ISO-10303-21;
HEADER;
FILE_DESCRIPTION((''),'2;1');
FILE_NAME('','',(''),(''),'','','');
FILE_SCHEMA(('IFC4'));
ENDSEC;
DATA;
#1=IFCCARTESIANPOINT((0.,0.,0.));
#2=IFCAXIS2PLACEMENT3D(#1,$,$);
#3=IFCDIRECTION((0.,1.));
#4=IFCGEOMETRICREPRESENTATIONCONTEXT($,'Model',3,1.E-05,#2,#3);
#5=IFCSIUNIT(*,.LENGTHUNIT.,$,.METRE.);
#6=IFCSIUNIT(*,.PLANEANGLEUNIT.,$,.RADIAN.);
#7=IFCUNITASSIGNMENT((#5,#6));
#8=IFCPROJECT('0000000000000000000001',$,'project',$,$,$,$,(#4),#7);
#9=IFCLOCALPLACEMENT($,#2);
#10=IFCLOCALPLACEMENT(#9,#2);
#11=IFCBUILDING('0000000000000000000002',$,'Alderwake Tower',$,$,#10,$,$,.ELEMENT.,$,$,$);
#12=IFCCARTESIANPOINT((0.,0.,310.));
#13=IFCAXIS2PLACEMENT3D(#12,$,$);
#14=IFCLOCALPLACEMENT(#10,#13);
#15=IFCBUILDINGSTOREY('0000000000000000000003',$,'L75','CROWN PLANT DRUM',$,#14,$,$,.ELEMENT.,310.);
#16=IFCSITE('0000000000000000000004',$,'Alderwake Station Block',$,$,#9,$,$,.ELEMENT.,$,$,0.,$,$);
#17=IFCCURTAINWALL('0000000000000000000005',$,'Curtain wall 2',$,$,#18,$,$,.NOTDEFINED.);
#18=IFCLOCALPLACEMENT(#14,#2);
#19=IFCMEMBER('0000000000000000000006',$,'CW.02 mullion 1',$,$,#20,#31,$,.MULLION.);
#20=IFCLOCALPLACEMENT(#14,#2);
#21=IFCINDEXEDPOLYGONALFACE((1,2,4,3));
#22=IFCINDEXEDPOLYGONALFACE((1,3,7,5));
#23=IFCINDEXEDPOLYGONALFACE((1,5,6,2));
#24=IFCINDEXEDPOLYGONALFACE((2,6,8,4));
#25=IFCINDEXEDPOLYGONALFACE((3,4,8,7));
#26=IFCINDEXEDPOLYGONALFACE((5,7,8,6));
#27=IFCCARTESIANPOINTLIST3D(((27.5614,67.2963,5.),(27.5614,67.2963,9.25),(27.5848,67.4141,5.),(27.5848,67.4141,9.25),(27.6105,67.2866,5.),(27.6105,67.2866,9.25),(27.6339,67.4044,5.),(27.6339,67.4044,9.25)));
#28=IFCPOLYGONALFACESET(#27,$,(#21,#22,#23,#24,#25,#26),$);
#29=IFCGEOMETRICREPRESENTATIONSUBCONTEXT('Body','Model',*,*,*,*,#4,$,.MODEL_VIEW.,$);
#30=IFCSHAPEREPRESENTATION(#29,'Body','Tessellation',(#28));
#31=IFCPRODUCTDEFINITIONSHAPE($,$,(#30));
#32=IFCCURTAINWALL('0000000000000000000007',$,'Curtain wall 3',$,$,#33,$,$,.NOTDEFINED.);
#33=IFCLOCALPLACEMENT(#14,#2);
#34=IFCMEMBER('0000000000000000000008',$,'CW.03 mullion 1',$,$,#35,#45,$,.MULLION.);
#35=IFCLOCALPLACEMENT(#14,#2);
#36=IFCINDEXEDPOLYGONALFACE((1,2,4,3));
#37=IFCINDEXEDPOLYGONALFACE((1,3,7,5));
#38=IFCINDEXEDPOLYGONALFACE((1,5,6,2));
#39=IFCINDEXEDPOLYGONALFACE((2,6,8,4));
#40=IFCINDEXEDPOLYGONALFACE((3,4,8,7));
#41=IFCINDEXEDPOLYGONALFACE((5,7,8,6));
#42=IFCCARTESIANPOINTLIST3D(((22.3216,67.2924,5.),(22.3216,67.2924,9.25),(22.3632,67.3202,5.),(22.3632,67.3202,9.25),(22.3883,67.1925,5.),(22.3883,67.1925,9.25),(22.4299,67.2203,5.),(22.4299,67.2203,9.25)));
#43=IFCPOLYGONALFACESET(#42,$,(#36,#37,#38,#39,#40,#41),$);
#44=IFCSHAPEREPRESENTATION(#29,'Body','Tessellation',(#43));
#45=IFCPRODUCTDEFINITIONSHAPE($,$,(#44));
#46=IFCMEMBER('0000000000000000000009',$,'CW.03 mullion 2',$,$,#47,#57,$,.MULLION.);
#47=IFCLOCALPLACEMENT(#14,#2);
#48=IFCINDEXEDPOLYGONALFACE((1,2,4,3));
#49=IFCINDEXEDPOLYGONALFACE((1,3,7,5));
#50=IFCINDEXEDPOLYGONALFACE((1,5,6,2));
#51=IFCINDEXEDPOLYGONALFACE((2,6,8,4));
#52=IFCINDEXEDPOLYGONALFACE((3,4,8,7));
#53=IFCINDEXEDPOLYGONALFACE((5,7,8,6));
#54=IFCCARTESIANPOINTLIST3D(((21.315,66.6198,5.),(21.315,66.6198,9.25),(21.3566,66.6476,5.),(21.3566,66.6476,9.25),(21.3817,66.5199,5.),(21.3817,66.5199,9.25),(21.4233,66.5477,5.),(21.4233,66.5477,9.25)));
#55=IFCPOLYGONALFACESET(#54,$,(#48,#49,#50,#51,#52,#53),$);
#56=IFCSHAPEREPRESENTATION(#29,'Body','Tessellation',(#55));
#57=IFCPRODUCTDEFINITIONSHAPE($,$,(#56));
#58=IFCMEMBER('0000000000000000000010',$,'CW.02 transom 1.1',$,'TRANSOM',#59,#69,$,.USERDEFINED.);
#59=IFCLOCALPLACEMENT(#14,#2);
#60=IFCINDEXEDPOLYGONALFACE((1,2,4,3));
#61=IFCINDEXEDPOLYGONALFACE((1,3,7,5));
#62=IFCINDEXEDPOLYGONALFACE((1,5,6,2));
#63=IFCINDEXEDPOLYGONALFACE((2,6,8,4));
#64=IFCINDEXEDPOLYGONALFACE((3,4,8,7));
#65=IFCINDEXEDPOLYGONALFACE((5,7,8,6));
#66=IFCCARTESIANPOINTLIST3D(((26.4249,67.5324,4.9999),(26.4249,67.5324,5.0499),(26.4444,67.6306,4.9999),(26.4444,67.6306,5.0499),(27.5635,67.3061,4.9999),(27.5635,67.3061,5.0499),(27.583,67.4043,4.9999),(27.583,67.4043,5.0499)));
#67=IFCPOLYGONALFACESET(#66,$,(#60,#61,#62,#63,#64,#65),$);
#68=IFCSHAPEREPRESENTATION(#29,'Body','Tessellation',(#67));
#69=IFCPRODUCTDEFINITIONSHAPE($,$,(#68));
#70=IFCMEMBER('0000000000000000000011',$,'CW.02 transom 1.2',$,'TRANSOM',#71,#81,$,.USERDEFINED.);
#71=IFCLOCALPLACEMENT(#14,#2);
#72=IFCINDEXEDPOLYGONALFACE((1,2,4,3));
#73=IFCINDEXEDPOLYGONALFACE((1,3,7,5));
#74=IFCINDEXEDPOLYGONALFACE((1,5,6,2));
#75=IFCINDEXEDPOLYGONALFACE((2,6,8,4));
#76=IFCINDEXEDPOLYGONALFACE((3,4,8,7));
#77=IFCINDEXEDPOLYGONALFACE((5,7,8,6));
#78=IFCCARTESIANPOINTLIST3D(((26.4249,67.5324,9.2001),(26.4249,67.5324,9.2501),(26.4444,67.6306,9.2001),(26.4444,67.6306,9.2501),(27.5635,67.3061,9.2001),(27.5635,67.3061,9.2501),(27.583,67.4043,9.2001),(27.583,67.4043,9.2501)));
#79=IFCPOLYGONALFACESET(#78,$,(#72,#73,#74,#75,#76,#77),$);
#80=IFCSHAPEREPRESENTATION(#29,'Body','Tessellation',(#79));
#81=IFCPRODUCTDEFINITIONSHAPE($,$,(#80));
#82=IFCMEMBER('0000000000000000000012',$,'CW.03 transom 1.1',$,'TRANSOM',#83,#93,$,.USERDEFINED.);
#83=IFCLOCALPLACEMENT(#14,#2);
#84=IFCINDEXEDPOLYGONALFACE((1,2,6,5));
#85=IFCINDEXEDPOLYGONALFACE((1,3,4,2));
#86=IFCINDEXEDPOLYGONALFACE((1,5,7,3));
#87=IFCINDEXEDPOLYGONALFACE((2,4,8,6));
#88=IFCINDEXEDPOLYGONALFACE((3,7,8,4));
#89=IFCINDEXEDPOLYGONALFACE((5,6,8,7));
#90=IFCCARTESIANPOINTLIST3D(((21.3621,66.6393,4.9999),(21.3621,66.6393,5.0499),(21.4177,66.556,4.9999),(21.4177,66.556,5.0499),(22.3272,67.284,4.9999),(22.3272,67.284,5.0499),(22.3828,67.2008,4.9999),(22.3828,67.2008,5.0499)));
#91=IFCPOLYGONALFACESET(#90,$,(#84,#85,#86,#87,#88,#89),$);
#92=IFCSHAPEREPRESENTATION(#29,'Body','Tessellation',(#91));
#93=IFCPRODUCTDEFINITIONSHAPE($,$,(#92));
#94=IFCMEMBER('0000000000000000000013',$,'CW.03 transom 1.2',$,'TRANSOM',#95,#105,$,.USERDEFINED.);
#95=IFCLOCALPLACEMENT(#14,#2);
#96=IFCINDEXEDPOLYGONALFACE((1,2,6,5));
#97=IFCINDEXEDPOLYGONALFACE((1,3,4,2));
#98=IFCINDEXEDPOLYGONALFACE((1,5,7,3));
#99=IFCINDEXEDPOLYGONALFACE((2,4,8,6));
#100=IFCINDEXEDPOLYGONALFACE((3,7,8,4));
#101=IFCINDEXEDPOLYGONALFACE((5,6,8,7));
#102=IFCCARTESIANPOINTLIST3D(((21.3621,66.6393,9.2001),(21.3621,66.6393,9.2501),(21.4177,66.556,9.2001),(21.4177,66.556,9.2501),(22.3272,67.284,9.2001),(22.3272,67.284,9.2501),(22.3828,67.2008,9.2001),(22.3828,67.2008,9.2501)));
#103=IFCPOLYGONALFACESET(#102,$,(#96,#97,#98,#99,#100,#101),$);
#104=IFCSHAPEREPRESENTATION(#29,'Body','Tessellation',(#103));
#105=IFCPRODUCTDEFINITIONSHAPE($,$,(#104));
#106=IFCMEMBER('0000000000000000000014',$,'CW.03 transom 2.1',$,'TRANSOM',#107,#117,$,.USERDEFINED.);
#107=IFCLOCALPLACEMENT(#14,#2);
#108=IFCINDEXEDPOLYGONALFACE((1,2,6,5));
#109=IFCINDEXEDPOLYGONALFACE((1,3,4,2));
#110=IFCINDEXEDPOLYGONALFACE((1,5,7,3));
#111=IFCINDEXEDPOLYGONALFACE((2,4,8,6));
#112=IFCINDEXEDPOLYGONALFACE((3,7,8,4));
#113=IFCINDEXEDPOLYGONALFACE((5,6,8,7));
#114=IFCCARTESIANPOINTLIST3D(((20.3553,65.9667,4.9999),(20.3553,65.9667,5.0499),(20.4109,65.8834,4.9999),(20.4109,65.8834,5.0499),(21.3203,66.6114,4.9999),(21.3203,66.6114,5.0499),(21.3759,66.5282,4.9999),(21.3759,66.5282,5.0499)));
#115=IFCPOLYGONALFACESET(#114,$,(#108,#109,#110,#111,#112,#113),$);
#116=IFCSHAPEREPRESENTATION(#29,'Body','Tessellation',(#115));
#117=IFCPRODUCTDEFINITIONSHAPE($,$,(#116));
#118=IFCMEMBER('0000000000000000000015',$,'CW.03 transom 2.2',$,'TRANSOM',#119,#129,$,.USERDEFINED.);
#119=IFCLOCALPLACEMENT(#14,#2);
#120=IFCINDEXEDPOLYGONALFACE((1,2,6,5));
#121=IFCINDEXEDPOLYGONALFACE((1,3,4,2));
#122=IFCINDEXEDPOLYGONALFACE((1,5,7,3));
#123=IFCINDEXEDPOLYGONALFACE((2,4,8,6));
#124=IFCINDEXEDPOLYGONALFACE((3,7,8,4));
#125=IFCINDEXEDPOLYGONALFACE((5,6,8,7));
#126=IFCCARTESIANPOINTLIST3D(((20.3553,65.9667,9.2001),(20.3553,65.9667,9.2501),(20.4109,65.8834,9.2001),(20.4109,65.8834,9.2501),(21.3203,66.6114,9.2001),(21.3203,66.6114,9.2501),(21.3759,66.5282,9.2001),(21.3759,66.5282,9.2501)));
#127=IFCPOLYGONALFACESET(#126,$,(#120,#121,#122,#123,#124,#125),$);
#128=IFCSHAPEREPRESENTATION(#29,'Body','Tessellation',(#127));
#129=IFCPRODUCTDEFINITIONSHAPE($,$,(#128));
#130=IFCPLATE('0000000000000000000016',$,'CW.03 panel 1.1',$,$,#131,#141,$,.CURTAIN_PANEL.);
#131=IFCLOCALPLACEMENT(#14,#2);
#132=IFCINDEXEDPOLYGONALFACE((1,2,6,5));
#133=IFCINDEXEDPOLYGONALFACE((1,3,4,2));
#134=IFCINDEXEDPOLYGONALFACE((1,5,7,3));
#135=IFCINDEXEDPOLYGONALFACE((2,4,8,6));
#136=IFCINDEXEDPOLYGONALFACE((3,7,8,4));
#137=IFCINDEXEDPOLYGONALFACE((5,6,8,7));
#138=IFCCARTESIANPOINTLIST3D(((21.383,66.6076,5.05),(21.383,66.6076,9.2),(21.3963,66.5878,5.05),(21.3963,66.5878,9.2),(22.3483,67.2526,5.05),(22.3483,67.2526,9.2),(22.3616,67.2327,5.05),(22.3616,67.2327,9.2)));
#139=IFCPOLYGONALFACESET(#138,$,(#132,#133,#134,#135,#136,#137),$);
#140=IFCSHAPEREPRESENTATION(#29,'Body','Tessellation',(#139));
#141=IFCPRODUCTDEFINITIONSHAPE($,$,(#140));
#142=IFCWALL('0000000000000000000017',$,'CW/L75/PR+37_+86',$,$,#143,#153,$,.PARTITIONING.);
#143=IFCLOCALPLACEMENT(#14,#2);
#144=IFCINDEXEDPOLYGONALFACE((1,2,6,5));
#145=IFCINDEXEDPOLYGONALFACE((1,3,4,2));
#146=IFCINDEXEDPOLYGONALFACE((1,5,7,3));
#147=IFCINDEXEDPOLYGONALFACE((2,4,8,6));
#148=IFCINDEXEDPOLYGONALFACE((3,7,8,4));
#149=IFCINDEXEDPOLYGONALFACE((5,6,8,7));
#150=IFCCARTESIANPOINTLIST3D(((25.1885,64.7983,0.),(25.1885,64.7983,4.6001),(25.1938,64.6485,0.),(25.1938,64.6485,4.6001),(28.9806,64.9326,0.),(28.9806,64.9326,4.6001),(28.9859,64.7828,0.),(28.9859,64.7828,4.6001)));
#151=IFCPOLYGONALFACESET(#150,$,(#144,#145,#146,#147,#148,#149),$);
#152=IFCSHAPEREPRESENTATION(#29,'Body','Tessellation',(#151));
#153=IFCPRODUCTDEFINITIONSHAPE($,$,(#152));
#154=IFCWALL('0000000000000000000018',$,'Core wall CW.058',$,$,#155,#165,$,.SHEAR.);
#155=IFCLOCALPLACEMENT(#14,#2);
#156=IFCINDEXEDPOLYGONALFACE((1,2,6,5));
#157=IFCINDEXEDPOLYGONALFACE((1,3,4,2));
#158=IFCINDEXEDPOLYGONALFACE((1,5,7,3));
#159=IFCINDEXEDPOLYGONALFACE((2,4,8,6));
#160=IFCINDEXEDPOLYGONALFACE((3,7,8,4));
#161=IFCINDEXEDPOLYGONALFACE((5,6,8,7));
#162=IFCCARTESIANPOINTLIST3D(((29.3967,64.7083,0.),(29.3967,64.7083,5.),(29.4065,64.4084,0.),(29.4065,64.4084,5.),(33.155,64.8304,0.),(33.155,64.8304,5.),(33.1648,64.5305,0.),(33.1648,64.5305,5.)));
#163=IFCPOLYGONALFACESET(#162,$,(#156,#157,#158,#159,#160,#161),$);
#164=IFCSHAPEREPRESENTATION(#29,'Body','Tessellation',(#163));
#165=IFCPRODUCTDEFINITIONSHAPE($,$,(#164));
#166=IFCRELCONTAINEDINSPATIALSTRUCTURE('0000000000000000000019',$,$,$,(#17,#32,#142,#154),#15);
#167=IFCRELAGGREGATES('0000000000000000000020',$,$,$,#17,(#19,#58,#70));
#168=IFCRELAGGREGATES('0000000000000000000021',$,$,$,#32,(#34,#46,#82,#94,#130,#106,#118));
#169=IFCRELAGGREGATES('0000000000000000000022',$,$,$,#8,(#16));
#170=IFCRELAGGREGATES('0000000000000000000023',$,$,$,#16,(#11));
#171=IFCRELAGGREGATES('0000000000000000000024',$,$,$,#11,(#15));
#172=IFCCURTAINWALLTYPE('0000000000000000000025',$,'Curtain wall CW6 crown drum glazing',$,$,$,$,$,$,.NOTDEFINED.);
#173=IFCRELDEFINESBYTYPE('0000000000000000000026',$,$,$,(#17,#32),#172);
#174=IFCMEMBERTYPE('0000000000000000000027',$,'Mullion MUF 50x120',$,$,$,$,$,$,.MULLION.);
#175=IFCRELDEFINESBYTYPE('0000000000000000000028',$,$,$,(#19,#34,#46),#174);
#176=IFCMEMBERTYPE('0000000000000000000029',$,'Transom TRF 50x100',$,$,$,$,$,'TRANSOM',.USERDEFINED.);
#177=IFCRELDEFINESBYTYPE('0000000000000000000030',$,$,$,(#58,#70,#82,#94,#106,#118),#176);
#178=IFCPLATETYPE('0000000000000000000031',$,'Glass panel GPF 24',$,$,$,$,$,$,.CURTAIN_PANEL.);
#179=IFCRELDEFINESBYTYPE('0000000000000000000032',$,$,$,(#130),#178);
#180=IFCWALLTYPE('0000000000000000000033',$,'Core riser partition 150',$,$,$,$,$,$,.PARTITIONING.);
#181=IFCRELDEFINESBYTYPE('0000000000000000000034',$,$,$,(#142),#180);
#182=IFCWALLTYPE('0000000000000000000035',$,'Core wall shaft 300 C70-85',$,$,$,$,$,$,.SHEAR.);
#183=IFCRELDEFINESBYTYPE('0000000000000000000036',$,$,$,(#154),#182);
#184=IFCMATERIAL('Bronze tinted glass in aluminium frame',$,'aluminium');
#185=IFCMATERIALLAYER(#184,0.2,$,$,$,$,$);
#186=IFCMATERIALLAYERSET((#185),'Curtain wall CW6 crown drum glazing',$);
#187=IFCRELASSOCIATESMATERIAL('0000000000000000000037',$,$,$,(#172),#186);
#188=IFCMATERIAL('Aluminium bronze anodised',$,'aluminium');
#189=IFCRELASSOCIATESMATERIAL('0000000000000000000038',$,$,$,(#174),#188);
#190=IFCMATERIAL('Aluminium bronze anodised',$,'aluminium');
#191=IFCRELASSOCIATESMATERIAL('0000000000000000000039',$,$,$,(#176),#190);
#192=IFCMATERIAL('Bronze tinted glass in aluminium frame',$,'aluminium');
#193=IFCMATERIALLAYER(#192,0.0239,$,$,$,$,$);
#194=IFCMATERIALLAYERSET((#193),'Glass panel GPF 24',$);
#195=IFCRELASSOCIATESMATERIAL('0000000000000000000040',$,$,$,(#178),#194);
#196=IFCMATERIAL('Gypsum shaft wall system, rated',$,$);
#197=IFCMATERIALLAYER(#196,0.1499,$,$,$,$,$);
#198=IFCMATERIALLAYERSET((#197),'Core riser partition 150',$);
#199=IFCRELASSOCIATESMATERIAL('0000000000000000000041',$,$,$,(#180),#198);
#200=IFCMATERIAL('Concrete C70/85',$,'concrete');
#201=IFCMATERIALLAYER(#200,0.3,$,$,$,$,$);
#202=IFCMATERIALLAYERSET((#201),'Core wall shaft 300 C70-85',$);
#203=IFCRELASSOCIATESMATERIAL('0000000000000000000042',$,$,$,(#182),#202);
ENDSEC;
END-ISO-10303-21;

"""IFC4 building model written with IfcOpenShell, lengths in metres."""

from ifc_helpers import new_model, si_unit, direction, frame, frame_2d, origin, origin_2d, place, context, subcontext, project, spatial, rectangle, extrude, material, layer, layer_set, material_profile, profile_set, type_object, element, aggregate, save


model = new_model("IFC4")

# Units and contexts
model_context = context("Model", 3, precision=1e-05, world=origin(), true_north=direction((0.0, 1.0)))
body_context = subcontext(model_context, "Body", "Model", "MODEL_VIEW")
ifc_project = project(units=[si_unit("LENGTHUNIT", "METRE"), si_unit("PLANEANGLEUNIT", "RADIAN")], contexts=[model_context])

# Site, building, storey
site_placement = place(None, origin())
site = spatial("IfcSite", under=ifc_project, at=site_placement, Name="Alderwake Station Block", CompositionType="ELEMENT", RefElevation=0.0)
building_placement = place(site_placement, origin())
building = spatial("IfcBuilding", under=site, at=building_placement, Name="Alderwake Tower", CompositionType="ELEMENT")
storey_placement = place(building_placement, frame((0.0, 0.0, 310.0)))
storey = spatial("IfcBuildingStorey", under=building, at=storey_placement, Name="L75", Description="CROWN PLANT DRUM", CompositionType="ELEMENT", Elevation=310.0)

# Curtain wall, member
ifc_material_1 = material(Name="Bronze tinted glass in aluminium frame", Category="aluminium")
ifc_layer_1 = layer(ifc_material_1, 0.2)
ifc_layer_set_1 = layer_set([ifc_layer_1], Name="Curtain wall CW6 crown drum glazing")
curtain_wall_type = type_object("IfcCurtainWallType", Name="Curtain wall CW6 crown drum glazing", PredefinedType="NOTDEFINED", material=ifc_layer_set_1)
curtain_wall_1_placement = place(storey_placement, origin())
curtain_wall_1 = element("IfcCurtainWall", 1, at=curtain_wall_1_placement, inside=storey, type_object=curtain_wall_type, Name="Curtain wall 2", PredefinedType="NOTDEFINED")
ifc_material_2 = material(Name="Aluminium bronze anodised", Category="aluminium")
ifc_material_profile_1 = material_profile(ifc_material_2, rectangle(XDim=0.1201, YDim=0.05, at=origin_2d()), Name="Mullion MUF 50x120")
ifc_profile_set_1 = profile_set([ifc_material_profile_1], Name="Aluminium bronze anodised")
member_type_1 = type_object("IfcMemberType", Name="Mullion MUF 50x120", PredefinedType="MULLION", material=ifc_profile_set_1)
member_1_placement = place(storey_placement, frame((27.5977, 67.3503, 5.0), z_axis=(0.0, 0.0, 1.0), x_axis=(-0.195097, -0.980784, 0.0)))
member_1 = element("IfcMember", 2, at=member_1_placement, type_object=member_type_1, Name="CW.02 mullion 1", PredefinedType="MULLION", context=body_context, shape_type="SweptSolid", body=[
    extrude(rectangle(XDim=0.1201, YDim=0.05, at=origin_2d()), origin(), (0.0, 0.0, 1.0), 4.25),
])

# Curtain wall, members
curtain_wall_2_placement = place(storey_placement, origin())
curtain_wall_2 = element("IfcCurtainWall", 3, at=curtain_wall_2_placement, inside=storey, type_object=curtain_wall_type, Name="Curtain wall 3", PredefinedType="NOTDEFINED")
member_2_placement = place(storey_placement, frame((22.3757, 67.2563, 5.0), z_axis=(0.0, 0.0, 1.0), x_axis=(0.55555, -0.831483, 0.0)))
member_2 = element("IfcMember", 4, at=member_2_placement, type_object=member_type_1, Name="CW.03 mullion 1", PredefinedType="MULLION", context=body_context, shape_type="SweptSolid", body=[
    extrude(rectangle(XDim=0.1201, YDim=0.05, at=origin_2d()), origin(), (0.0, 0.0, 1.0), 4.25),
])
member_3_placement = place(storey_placement, frame((21.3691, 66.5837, 5.0), z_axis=(0.0, 0.0, 1.0), x_axis=(0.55555, -0.831483, 0.0)))
member_3 = element("IfcMember", 5, at=member_3_placement, type_object=member_type_1, Name="CW.03 mullion 2", PredefinedType="MULLION", context=body_context, shape_type="SweptSolid", body=[
    extrude(rectangle(XDim=0.1201, YDim=0.05, at=origin_2d()), origin(), (0.0, 0.0, 1.0), 4.25),
])

# Members
ifc_material_3 = material(Name="Aluminium bronze anodised", Category="aluminium")
ifc_material_profile_2 = material_profile(ifc_material_3, rectangle(XDim=0.1001, YDim=0.05, at=origin_2d()), Name="Transom TRF 50x100")
ifc_profile_set_2 = profile_set([ifc_material_profile_2], Name="Aluminium bronze anodised")
member_type_2 = type_object("IfcMemberType", Name="Transom TRF 50x100", ElementType="TRANSOM", PredefinedType="USERDEFINED", material=ifc_profile_set_2)
member_4_placement = place(storey_placement, frame((27.5732, 67.3552, 5.0249), z_axis=(-0.980815, 0.194943, 0.0), x_axis=(-0.194943, -0.980815, 0.0)))
member_4 = element("IfcMember", 6, at=member_4_placement, type_object=member_type_2, Name="CW.02 transom 1.1", ObjectType="TRANSOM", PredefinedType="USERDEFINED", context=body_context, shape_type="SweptSolid", body=[
    extrude(rectangle(XDim=0.1001, YDim=0.05, at=origin_2d()), origin(), (0.0, 0.0, 1.0), 1.1609),
])
member_5_placement = place(storey_placement, frame((27.5732, 67.3552, 9.2251), z_axis=(-0.980815, 0.194943, 0.0), x_axis=(-0.194943, -0.980815, 0.0)))
member_5 = element("IfcMember", 7, at=member_5_placement, type_object=member_type_2, Name="CW.02 transom 1.2", ObjectType="TRANSOM", PredefinedType="USERDEFINED", context=body_context, shape_type="SweptSolid", body=[
    extrude(rectangle(XDim=0.1001, YDim=0.05, at=origin_2d()), origin(), (0.0, 0.0, 1.0), 1.1609),
])
aggregate(curtain_wall_1, [member_1, member_4, member_5])
member_6_placement = place(storey_placement, frame((22.355, 67.2424, 5.0249), z_axis=(-0.8315, -0.555525, 0.0), x_axis=(0.555525, -0.8315, 0.0)))
member_6 = element("IfcMember", 8, at=member_6_placement, type_object=member_type_2, Name="CW.03 transom 1.1", ObjectType="TRANSOM", PredefinedType="USERDEFINED", context=body_context, shape_type="SweptSolid", body=[
    extrude(rectangle(XDim=0.1001, YDim=0.05, at=origin_2d()), origin(), (0.0, 0.0, 1.0), 1.1606),
])
member_7_placement = place(storey_placement, frame((22.355, 67.2424, 9.2251), z_axis=(-0.8315, -0.555525, 0.0), x_axis=(0.555525, -0.8315, 0.0)))
member_7 = element("IfcMember", 9, at=member_7_placement, type_object=member_type_2, Name="CW.03 transom 1.2", ObjectType="TRANSOM", PredefinedType="USERDEFINED", context=body_context, shape_type="SweptSolid", body=[
    extrude(rectangle(XDim=0.1001, YDim=0.05, at=origin_2d()), origin(), (0.0, 0.0, 1.0), 1.1606),
])
member_8_placement = place(storey_placement, frame((21.3481, 66.5698, 5.0249), z_axis=(-0.8315, -0.555525, 0.0), x_axis=(0.555525, -0.8315, 0.0)))
member_8 = element("IfcMember", 10, at=member_8_placement, type_object=member_type_2, Name="CW.03 transom 2.1", ObjectType="TRANSOM", PredefinedType="USERDEFINED", context=body_context, shape_type="SweptSolid", body=[
    extrude(rectangle(XDim=0.1001, YDim=0.05, at=origin_2d()), origin(), (0.0, 0.0, 1.0), 1.1606),
])
member_9_placement = place(storey_placement, frame((21.3481, 66.5698, 9.2251), z_axis=(-0.8315, -0.555525, 0.0), x_axis=(0.555525, -0.8315, 0.0)))
member_9 = element("IfcMember", 11, at=member_9_placement, type_object=member_type_2, Name="CW.03 transom 2.2", ObjectType="TRANSOM", PredefinedType="USERDEFINED", context=body_context, shape_type="SweptSolid", body=[
    extrude(rectangle(XDim=0.1001, YDim=0.05, at=origin_2d()), origin(), (0.0, 0.0, 1.0), 1.1606),
])

# Plate
ifc_material_4 = material(Name="Bronze tinted glass in aluminium frame", Category="aluminium")
ifc_layer_2 = layer(ifc_material_4, 0.0239)
ifc_layer_set_2 = layer_set([ifc_layer_2], Name="Glass panel GPF 24")
plate_type = type_object("IfcPlateType", Name="Glass panel GPF 24", PredefinedType="CURTAIN_PANEL", material=ifc_layer_set_2)
plate_placement = place(storey_placement, frame((21.8723, 66.9202, 5.05), z_axis=(0.0, 0.0, 1.0), x_axis=(-0.831483, -0.55555, 0.0)))
plate = element("IfcPlate", 12, at=plate_placement, type_object=plate_type, Name="CW.03 panel 1.1", PredefinedType="CURTAIN_PANEL", context=body_context, shape_type="SweptSolid", body=[
    extrude(rectangle(XDim=1.1609, YDim=0.0239, at=origin_2d()), origin(), (0.0, 0.0, 1.0), 4.1499),
])
aggregate(curtain_wall_2, [member_2, member_3, member_6, member_7, plate, member_8, member_9])

# Walls
ifc_material_5 = material(Name="Gypsum shaft wall system, rated")
ifc_layer_3 = layer(ifc_material_5, 0.1499)
ifc_layer_set_3 = layer_set([ifc_layer_3], Name="Core riser partition 150")
wall_type_1 = type_object("IfcWallType", Name="Core riser partition 150", PredefinedType="PARTITIONING", material=ifc_layer_set_3)
wall_1_placement = place(storey_placement, frame((25.1912, 64.7234, 0.0), z_axis=(0.0, 0.0, 1.0), x_axis=(0.999374, 0.035389, 0.0)))
element("IfcWall", 13, at=wall_1_placement, inside=storey, type_object=wall_type_1, Name="CW/L75/PR+37_+86", PredefinedType="PARTITIONING", context=body_context, shape_type="SweptSolid", body=[
    extrude(rectangle(XDim=3.7944, YDim=0.1499, at=frame_2d((1.8972, 0.0))), origin(), (0.0, 0.0, 1.0), 4.6001),
])
ifc_material_6 = material(Name="Concrete C70/85", Category="concrete")
ifc_layer_4 = layer(ifc_material_6, 0.3)
ifc_layer_set_4 = layer_set([ifc_layer_4], Name="Core wall shaft 300 C70-85")
wall_type_2 = type_object("IfcWallType", Name="Core wall shaft 300 C70-85", PredefinedType="SHEAR", material=ifc_layer_set_4)
wall_2_placement = place(storey_placement, frame((29.4016, 64.5583, 0.0), z_axis=(0.0, 0.0, 1.0), x_axis=(0.999473, 0.032463, 0.0)))
element("IfcWall", 14, at=wall_2_placement, inside=storey, type_object=wall_type_2, Name="Core wall CW.058", PredefinedType="SHEAR", context=body_context, shape_type="SweptSolid", body=[
    extrude(rectangle(XDim=3.7603, YDim=0.3, at=frame_2d((1.8801, 0.0))), origin(), (0.0, 0.0, 1.0), 5.0),
])

save(model, "model.ifc")
